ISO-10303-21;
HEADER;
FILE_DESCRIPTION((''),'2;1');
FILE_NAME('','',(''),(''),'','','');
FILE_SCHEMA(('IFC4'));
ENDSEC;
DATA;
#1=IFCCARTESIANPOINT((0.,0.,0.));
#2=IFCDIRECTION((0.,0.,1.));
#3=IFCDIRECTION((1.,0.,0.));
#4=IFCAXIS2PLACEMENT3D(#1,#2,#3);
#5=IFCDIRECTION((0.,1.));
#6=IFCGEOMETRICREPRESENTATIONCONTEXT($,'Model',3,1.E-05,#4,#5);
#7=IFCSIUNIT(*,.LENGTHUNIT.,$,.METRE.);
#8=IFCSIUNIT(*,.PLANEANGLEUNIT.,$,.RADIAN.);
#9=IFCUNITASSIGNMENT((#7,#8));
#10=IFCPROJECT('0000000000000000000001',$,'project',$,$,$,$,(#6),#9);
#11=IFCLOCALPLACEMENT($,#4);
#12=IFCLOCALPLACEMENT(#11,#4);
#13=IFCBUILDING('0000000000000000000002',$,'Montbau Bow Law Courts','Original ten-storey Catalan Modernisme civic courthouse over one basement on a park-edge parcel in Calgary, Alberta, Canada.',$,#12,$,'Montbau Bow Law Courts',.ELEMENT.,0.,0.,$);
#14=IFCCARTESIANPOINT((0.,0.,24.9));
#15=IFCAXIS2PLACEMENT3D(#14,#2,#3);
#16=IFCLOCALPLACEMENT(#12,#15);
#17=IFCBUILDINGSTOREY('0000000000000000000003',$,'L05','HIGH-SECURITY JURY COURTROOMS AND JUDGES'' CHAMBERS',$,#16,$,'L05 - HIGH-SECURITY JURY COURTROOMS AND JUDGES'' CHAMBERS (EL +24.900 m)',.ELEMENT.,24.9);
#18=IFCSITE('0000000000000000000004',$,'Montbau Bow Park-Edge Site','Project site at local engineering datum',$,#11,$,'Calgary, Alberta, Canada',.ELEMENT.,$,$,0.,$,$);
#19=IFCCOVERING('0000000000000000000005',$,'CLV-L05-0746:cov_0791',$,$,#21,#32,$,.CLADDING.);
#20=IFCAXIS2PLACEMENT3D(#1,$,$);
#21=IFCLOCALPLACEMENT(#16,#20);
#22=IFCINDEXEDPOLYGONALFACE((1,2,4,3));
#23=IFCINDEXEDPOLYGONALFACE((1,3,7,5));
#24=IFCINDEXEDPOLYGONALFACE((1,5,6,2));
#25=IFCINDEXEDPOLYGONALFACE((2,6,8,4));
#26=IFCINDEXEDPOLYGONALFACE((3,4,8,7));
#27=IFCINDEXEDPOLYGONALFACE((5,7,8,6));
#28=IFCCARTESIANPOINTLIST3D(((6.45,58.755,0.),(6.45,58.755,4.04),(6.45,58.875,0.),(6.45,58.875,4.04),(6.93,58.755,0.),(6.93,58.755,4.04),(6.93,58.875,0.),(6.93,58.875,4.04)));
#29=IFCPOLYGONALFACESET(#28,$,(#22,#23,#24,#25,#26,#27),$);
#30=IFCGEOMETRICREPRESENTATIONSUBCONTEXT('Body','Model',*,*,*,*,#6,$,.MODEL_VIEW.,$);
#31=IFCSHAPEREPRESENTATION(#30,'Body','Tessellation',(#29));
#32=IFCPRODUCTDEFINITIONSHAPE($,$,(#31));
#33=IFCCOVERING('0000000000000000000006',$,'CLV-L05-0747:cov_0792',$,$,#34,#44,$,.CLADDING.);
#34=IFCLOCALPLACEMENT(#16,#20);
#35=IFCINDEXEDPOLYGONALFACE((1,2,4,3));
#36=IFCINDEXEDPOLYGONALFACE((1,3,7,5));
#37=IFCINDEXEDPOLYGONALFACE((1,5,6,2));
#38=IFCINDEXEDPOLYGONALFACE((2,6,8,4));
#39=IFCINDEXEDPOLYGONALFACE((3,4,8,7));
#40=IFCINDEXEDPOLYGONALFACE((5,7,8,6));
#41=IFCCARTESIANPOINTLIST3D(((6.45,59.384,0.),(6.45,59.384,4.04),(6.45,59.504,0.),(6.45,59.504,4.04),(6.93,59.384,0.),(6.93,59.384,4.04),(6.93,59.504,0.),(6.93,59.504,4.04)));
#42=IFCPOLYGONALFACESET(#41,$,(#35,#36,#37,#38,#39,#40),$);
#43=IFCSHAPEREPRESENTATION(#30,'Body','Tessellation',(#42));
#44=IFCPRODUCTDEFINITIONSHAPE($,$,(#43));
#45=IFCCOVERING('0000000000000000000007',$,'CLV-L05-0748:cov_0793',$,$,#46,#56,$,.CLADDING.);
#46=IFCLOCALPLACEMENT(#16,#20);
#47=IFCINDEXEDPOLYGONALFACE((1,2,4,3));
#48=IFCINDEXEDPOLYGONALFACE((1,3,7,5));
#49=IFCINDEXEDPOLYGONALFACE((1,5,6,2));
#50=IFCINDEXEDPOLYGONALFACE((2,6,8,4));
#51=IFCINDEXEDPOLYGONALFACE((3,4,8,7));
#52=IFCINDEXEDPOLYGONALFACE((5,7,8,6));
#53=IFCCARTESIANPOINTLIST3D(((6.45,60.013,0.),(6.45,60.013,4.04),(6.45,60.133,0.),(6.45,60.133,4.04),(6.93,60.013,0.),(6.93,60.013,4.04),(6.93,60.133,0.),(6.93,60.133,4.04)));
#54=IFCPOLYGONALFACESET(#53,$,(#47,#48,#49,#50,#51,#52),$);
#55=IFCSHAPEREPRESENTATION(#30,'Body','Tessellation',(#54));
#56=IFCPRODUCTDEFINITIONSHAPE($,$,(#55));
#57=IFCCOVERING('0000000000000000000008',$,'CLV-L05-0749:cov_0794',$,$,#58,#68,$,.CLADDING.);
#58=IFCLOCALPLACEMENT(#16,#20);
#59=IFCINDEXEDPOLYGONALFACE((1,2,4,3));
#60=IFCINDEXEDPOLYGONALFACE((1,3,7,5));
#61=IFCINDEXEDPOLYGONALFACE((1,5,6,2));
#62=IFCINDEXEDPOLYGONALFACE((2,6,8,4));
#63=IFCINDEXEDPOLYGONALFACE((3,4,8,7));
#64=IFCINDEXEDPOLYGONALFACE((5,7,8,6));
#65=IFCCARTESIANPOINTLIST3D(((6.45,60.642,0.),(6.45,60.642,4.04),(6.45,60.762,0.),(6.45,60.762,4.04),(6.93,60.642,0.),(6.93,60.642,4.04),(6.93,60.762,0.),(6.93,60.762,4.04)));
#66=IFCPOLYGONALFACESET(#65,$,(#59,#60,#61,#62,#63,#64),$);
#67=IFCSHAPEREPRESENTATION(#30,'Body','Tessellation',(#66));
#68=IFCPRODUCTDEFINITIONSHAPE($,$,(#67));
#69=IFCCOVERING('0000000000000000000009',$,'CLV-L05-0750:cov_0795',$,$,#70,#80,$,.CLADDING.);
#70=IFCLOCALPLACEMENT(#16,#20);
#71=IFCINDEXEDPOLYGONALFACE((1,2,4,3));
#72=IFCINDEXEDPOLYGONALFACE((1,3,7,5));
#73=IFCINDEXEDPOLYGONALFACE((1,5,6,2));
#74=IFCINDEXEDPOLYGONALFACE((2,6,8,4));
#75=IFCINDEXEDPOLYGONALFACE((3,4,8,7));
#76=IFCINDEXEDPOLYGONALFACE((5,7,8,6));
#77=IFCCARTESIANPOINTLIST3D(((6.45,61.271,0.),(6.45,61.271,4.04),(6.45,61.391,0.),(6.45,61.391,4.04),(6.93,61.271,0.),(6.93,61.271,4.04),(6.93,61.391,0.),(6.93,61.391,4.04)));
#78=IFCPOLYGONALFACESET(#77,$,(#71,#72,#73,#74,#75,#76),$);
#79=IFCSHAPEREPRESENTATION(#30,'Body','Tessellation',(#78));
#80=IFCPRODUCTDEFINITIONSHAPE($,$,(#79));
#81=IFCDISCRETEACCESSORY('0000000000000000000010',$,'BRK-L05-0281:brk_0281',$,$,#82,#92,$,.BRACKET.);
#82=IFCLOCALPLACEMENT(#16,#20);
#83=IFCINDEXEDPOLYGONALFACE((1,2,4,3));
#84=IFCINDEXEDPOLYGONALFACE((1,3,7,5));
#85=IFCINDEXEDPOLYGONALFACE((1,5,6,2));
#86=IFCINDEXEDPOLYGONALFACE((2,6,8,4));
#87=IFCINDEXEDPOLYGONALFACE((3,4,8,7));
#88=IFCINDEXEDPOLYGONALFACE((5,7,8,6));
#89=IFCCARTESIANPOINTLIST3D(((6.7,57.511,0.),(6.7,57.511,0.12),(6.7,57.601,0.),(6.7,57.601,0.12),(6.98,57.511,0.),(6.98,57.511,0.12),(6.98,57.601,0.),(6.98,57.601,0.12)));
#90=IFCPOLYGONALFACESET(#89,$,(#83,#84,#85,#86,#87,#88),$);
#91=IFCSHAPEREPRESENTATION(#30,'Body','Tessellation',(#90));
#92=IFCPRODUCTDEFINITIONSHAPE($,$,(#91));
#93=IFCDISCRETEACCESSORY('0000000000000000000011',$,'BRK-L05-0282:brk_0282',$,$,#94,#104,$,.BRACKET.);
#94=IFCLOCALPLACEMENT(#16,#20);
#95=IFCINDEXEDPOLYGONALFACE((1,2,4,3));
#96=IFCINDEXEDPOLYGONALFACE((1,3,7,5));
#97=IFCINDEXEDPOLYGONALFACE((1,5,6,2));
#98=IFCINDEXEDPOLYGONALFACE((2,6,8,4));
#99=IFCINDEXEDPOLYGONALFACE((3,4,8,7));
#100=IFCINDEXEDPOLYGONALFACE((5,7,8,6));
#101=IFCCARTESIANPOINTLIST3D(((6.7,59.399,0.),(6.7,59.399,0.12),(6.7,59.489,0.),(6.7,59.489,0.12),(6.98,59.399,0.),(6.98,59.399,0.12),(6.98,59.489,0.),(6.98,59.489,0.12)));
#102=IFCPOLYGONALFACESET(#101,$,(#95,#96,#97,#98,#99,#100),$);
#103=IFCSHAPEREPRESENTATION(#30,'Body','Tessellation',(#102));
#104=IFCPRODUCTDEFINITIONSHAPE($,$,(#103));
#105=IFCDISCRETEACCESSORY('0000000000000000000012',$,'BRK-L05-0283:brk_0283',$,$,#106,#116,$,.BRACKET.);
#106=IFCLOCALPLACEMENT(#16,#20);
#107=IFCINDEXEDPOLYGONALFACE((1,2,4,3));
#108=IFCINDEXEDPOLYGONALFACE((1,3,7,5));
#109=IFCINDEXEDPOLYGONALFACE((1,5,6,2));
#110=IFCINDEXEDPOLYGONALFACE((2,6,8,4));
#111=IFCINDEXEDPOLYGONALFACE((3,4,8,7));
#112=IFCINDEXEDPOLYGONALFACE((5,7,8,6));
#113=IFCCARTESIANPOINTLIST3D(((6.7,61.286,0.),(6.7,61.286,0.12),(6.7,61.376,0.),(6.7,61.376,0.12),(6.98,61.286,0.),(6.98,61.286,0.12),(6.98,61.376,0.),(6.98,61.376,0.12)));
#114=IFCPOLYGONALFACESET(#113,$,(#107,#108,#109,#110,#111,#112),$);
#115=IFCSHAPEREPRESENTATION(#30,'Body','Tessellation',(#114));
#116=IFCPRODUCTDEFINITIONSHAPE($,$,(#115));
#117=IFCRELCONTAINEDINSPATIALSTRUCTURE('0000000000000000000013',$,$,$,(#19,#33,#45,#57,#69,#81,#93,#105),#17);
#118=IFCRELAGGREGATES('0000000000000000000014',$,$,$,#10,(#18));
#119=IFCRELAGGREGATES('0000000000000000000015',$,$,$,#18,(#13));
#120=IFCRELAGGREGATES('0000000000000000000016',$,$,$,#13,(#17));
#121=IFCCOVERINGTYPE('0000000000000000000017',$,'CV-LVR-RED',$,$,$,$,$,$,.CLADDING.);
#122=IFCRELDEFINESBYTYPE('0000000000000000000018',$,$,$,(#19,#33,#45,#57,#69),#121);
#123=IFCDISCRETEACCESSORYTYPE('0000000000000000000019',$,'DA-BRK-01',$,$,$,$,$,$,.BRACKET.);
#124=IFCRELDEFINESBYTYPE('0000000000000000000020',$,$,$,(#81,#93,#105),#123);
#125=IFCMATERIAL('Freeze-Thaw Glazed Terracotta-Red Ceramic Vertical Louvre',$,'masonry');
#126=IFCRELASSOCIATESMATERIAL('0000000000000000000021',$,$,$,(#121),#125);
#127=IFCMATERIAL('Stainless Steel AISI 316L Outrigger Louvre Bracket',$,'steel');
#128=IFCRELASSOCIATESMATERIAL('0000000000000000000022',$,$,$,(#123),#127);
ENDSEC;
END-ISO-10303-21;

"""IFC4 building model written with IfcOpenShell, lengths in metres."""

from ifc_helpers import new_model, si_unit, direction, frame, frame_2d, origin_with_axes, origin_2d_with_axis, place, context, subcontext, project, spatial, rectangle, extrude, material, type_object, element, save


model = new_model("IFC4")

# Units and contexts
model_context = context("Model", 3, precision=1e-05, world=origin_with_axes(), true_north=direction((0.0, 1.0)))
body_context = subcontext(model_context, "Body", "Model", "MODEL_VIEW")
ifc_project = project(units=[si_unit("LENGTHUNIT", "METRE"), si_unit("PLANEANGLEUNIT", "RADIAN")], contexts=[model_context])

# Site, building, storey
site_placement = place(None, origin_with_axes())
site = spatial("IfcSite", under=ifc_project, at=site_placement, Name="Montbau Bow Park-Edge Site", Description="Project site at local engineering datum", LongName="Calgary, Alberta, Canada", CompositionType="ELEMENT", RefElevation=0.0)
building_placement = place(site_placement, origin_with_axes())
building = spatial("IfcBuilding", under=site, at=building_placement, Name="Montbau Bow Law Courts", Description="Original ten-storey Catalan Modernisme civic courthouse over one basement on a park-edge parcel in Calgary, Alberta, Canada.", LongName="Montbau Bow Law Courts", CompositionType="ELEMENT", ElevationOfRefHeight=0.0, ElevationOfTerrain=0.0)
storey_placement = place(building_placement, frame((0.0, 0.0, 24.9), z_axis=(0.0, 0.0, 1.0), x_axis=(1.0, 0.0, 0.0)))
storey = spatial("IfcBuildingStorey", under=building, at=storey_placement, Name="L05", Description="HIGH-SECURITY JURY COURTROOMS AND JUDGES' CHAMBERS", LongName="L05 - HIGH-SECURITY JURY COURTROOMS AND JUDGES' CHAMBERS (EL +24.900 m)", CompositionType="ELEMENT", Elevation=24.9)

# Coverings
ifc_material_1 = material(Name="Freeze-Thaw Glazed Terracotta-Red Ceramic Vertical Louvre", Category="masonry")
covering_type = type_object("IfcCoveringType", Name="CV-LVR-RED", PredefinedType="CLADDING", material=ifc_material_1)
for number, where, z_axis, x_axis, name in (
    (1, (6.93, 58.815, 24.9), (0.0, 1.0, 0.0), (-1.0, 0.0, 0.0), "CLV-L05-0746:cov_0791"),
    (2, (6.93, 59.444, 24.9), (0.0, 1.0, 0.0), (-1.0, 0.0, 0.0), "CLV-L05-0747:cov_0792"),
    (3, (6.93, 60.073, 24.9), (0.0, 1.0, 0.0), (-1.0, 0.0, 0.0), "CLV-L05-0748:cov_0793"),
    (4, (6.93, 60.702, 24.9), (0.0, 1.0, 0.0), (-1.0, 0.0, 0.0), "CLV-L05-0749:cov_0794"),
    (5, (6.93, 61.331, 24.9), (0.0, 1.0, 0.0), (-1.0, 0.0, 0.0), "CLV-L05-0750:cov_0795"),
):
    element("IfcCovering", number, at=place(None, frame(where, z_axis=z_axis, x_axis=x_axis)), inside=storey, type_object=covering_type, Name=name, PredefinedType="CLADDING", context=body_context, shape_type="SweptSolid", body=[
        extrude(rectangle(XDim=0.48, YDim=4.04, at=frame_2d((0.24, 2.02), x_axis=(1.0, 0.0))), frame((0.0, 0.0, -0.06), z_axis=(0.0, 0.0, 1.0), x_axis=(1.0, 0.0, 0.0)), (0.0, 0.0, 1.0), 0.12),
    ])

# Discrete accessories
ifc_material_2 = material(Name="Stainless Steel AISI 316L Outrigger Louvre Bracket", Category="steel")
discrete_accessory_type = type_object("IfcDiscreteAccessoryType", Name="DA-BRK-01", PredefinedType="BRACKET", material=ifc_material_2)
for number, where, z_axis, x_axis, name in (
    (6, (6.84, 57.556, 24.9), (0.0, 0.0, 1.0), (-1.0, 0.0, 0.0), "BRK-L05-0281:brk_0281"),
    (7, (6.84, 59.444, 24.9), (0.0, 0.0, 1.0), (-1.0, 0.0, 0.0), "BRK-L05-0282:brk_0282"),
    (8, (6.84, 61.331, 24.9), (0.0, 0.0, 1.0), (-1.0, 0.0, 0.0), "BRK-L05-0283:brk_0283"),
):
    element("IfcDiscreteAccessory", number, at=place(None, frame(where, z_axis=z_axis, x_axis=x_axis)), inside=storey, type_object=discrete_accessory_type, Name=name, PredefinedType="BRACKET", context=body_context, shape_type="SweptSolid", body=[
        extrude(rectangle(XDim=0.28, YDim=0.09, at=origin_2d_with_axis()), origin_with_axes(), (0.0, 0.0, 1.0), 0.12),
    ])

save(model, "model.ifc")
